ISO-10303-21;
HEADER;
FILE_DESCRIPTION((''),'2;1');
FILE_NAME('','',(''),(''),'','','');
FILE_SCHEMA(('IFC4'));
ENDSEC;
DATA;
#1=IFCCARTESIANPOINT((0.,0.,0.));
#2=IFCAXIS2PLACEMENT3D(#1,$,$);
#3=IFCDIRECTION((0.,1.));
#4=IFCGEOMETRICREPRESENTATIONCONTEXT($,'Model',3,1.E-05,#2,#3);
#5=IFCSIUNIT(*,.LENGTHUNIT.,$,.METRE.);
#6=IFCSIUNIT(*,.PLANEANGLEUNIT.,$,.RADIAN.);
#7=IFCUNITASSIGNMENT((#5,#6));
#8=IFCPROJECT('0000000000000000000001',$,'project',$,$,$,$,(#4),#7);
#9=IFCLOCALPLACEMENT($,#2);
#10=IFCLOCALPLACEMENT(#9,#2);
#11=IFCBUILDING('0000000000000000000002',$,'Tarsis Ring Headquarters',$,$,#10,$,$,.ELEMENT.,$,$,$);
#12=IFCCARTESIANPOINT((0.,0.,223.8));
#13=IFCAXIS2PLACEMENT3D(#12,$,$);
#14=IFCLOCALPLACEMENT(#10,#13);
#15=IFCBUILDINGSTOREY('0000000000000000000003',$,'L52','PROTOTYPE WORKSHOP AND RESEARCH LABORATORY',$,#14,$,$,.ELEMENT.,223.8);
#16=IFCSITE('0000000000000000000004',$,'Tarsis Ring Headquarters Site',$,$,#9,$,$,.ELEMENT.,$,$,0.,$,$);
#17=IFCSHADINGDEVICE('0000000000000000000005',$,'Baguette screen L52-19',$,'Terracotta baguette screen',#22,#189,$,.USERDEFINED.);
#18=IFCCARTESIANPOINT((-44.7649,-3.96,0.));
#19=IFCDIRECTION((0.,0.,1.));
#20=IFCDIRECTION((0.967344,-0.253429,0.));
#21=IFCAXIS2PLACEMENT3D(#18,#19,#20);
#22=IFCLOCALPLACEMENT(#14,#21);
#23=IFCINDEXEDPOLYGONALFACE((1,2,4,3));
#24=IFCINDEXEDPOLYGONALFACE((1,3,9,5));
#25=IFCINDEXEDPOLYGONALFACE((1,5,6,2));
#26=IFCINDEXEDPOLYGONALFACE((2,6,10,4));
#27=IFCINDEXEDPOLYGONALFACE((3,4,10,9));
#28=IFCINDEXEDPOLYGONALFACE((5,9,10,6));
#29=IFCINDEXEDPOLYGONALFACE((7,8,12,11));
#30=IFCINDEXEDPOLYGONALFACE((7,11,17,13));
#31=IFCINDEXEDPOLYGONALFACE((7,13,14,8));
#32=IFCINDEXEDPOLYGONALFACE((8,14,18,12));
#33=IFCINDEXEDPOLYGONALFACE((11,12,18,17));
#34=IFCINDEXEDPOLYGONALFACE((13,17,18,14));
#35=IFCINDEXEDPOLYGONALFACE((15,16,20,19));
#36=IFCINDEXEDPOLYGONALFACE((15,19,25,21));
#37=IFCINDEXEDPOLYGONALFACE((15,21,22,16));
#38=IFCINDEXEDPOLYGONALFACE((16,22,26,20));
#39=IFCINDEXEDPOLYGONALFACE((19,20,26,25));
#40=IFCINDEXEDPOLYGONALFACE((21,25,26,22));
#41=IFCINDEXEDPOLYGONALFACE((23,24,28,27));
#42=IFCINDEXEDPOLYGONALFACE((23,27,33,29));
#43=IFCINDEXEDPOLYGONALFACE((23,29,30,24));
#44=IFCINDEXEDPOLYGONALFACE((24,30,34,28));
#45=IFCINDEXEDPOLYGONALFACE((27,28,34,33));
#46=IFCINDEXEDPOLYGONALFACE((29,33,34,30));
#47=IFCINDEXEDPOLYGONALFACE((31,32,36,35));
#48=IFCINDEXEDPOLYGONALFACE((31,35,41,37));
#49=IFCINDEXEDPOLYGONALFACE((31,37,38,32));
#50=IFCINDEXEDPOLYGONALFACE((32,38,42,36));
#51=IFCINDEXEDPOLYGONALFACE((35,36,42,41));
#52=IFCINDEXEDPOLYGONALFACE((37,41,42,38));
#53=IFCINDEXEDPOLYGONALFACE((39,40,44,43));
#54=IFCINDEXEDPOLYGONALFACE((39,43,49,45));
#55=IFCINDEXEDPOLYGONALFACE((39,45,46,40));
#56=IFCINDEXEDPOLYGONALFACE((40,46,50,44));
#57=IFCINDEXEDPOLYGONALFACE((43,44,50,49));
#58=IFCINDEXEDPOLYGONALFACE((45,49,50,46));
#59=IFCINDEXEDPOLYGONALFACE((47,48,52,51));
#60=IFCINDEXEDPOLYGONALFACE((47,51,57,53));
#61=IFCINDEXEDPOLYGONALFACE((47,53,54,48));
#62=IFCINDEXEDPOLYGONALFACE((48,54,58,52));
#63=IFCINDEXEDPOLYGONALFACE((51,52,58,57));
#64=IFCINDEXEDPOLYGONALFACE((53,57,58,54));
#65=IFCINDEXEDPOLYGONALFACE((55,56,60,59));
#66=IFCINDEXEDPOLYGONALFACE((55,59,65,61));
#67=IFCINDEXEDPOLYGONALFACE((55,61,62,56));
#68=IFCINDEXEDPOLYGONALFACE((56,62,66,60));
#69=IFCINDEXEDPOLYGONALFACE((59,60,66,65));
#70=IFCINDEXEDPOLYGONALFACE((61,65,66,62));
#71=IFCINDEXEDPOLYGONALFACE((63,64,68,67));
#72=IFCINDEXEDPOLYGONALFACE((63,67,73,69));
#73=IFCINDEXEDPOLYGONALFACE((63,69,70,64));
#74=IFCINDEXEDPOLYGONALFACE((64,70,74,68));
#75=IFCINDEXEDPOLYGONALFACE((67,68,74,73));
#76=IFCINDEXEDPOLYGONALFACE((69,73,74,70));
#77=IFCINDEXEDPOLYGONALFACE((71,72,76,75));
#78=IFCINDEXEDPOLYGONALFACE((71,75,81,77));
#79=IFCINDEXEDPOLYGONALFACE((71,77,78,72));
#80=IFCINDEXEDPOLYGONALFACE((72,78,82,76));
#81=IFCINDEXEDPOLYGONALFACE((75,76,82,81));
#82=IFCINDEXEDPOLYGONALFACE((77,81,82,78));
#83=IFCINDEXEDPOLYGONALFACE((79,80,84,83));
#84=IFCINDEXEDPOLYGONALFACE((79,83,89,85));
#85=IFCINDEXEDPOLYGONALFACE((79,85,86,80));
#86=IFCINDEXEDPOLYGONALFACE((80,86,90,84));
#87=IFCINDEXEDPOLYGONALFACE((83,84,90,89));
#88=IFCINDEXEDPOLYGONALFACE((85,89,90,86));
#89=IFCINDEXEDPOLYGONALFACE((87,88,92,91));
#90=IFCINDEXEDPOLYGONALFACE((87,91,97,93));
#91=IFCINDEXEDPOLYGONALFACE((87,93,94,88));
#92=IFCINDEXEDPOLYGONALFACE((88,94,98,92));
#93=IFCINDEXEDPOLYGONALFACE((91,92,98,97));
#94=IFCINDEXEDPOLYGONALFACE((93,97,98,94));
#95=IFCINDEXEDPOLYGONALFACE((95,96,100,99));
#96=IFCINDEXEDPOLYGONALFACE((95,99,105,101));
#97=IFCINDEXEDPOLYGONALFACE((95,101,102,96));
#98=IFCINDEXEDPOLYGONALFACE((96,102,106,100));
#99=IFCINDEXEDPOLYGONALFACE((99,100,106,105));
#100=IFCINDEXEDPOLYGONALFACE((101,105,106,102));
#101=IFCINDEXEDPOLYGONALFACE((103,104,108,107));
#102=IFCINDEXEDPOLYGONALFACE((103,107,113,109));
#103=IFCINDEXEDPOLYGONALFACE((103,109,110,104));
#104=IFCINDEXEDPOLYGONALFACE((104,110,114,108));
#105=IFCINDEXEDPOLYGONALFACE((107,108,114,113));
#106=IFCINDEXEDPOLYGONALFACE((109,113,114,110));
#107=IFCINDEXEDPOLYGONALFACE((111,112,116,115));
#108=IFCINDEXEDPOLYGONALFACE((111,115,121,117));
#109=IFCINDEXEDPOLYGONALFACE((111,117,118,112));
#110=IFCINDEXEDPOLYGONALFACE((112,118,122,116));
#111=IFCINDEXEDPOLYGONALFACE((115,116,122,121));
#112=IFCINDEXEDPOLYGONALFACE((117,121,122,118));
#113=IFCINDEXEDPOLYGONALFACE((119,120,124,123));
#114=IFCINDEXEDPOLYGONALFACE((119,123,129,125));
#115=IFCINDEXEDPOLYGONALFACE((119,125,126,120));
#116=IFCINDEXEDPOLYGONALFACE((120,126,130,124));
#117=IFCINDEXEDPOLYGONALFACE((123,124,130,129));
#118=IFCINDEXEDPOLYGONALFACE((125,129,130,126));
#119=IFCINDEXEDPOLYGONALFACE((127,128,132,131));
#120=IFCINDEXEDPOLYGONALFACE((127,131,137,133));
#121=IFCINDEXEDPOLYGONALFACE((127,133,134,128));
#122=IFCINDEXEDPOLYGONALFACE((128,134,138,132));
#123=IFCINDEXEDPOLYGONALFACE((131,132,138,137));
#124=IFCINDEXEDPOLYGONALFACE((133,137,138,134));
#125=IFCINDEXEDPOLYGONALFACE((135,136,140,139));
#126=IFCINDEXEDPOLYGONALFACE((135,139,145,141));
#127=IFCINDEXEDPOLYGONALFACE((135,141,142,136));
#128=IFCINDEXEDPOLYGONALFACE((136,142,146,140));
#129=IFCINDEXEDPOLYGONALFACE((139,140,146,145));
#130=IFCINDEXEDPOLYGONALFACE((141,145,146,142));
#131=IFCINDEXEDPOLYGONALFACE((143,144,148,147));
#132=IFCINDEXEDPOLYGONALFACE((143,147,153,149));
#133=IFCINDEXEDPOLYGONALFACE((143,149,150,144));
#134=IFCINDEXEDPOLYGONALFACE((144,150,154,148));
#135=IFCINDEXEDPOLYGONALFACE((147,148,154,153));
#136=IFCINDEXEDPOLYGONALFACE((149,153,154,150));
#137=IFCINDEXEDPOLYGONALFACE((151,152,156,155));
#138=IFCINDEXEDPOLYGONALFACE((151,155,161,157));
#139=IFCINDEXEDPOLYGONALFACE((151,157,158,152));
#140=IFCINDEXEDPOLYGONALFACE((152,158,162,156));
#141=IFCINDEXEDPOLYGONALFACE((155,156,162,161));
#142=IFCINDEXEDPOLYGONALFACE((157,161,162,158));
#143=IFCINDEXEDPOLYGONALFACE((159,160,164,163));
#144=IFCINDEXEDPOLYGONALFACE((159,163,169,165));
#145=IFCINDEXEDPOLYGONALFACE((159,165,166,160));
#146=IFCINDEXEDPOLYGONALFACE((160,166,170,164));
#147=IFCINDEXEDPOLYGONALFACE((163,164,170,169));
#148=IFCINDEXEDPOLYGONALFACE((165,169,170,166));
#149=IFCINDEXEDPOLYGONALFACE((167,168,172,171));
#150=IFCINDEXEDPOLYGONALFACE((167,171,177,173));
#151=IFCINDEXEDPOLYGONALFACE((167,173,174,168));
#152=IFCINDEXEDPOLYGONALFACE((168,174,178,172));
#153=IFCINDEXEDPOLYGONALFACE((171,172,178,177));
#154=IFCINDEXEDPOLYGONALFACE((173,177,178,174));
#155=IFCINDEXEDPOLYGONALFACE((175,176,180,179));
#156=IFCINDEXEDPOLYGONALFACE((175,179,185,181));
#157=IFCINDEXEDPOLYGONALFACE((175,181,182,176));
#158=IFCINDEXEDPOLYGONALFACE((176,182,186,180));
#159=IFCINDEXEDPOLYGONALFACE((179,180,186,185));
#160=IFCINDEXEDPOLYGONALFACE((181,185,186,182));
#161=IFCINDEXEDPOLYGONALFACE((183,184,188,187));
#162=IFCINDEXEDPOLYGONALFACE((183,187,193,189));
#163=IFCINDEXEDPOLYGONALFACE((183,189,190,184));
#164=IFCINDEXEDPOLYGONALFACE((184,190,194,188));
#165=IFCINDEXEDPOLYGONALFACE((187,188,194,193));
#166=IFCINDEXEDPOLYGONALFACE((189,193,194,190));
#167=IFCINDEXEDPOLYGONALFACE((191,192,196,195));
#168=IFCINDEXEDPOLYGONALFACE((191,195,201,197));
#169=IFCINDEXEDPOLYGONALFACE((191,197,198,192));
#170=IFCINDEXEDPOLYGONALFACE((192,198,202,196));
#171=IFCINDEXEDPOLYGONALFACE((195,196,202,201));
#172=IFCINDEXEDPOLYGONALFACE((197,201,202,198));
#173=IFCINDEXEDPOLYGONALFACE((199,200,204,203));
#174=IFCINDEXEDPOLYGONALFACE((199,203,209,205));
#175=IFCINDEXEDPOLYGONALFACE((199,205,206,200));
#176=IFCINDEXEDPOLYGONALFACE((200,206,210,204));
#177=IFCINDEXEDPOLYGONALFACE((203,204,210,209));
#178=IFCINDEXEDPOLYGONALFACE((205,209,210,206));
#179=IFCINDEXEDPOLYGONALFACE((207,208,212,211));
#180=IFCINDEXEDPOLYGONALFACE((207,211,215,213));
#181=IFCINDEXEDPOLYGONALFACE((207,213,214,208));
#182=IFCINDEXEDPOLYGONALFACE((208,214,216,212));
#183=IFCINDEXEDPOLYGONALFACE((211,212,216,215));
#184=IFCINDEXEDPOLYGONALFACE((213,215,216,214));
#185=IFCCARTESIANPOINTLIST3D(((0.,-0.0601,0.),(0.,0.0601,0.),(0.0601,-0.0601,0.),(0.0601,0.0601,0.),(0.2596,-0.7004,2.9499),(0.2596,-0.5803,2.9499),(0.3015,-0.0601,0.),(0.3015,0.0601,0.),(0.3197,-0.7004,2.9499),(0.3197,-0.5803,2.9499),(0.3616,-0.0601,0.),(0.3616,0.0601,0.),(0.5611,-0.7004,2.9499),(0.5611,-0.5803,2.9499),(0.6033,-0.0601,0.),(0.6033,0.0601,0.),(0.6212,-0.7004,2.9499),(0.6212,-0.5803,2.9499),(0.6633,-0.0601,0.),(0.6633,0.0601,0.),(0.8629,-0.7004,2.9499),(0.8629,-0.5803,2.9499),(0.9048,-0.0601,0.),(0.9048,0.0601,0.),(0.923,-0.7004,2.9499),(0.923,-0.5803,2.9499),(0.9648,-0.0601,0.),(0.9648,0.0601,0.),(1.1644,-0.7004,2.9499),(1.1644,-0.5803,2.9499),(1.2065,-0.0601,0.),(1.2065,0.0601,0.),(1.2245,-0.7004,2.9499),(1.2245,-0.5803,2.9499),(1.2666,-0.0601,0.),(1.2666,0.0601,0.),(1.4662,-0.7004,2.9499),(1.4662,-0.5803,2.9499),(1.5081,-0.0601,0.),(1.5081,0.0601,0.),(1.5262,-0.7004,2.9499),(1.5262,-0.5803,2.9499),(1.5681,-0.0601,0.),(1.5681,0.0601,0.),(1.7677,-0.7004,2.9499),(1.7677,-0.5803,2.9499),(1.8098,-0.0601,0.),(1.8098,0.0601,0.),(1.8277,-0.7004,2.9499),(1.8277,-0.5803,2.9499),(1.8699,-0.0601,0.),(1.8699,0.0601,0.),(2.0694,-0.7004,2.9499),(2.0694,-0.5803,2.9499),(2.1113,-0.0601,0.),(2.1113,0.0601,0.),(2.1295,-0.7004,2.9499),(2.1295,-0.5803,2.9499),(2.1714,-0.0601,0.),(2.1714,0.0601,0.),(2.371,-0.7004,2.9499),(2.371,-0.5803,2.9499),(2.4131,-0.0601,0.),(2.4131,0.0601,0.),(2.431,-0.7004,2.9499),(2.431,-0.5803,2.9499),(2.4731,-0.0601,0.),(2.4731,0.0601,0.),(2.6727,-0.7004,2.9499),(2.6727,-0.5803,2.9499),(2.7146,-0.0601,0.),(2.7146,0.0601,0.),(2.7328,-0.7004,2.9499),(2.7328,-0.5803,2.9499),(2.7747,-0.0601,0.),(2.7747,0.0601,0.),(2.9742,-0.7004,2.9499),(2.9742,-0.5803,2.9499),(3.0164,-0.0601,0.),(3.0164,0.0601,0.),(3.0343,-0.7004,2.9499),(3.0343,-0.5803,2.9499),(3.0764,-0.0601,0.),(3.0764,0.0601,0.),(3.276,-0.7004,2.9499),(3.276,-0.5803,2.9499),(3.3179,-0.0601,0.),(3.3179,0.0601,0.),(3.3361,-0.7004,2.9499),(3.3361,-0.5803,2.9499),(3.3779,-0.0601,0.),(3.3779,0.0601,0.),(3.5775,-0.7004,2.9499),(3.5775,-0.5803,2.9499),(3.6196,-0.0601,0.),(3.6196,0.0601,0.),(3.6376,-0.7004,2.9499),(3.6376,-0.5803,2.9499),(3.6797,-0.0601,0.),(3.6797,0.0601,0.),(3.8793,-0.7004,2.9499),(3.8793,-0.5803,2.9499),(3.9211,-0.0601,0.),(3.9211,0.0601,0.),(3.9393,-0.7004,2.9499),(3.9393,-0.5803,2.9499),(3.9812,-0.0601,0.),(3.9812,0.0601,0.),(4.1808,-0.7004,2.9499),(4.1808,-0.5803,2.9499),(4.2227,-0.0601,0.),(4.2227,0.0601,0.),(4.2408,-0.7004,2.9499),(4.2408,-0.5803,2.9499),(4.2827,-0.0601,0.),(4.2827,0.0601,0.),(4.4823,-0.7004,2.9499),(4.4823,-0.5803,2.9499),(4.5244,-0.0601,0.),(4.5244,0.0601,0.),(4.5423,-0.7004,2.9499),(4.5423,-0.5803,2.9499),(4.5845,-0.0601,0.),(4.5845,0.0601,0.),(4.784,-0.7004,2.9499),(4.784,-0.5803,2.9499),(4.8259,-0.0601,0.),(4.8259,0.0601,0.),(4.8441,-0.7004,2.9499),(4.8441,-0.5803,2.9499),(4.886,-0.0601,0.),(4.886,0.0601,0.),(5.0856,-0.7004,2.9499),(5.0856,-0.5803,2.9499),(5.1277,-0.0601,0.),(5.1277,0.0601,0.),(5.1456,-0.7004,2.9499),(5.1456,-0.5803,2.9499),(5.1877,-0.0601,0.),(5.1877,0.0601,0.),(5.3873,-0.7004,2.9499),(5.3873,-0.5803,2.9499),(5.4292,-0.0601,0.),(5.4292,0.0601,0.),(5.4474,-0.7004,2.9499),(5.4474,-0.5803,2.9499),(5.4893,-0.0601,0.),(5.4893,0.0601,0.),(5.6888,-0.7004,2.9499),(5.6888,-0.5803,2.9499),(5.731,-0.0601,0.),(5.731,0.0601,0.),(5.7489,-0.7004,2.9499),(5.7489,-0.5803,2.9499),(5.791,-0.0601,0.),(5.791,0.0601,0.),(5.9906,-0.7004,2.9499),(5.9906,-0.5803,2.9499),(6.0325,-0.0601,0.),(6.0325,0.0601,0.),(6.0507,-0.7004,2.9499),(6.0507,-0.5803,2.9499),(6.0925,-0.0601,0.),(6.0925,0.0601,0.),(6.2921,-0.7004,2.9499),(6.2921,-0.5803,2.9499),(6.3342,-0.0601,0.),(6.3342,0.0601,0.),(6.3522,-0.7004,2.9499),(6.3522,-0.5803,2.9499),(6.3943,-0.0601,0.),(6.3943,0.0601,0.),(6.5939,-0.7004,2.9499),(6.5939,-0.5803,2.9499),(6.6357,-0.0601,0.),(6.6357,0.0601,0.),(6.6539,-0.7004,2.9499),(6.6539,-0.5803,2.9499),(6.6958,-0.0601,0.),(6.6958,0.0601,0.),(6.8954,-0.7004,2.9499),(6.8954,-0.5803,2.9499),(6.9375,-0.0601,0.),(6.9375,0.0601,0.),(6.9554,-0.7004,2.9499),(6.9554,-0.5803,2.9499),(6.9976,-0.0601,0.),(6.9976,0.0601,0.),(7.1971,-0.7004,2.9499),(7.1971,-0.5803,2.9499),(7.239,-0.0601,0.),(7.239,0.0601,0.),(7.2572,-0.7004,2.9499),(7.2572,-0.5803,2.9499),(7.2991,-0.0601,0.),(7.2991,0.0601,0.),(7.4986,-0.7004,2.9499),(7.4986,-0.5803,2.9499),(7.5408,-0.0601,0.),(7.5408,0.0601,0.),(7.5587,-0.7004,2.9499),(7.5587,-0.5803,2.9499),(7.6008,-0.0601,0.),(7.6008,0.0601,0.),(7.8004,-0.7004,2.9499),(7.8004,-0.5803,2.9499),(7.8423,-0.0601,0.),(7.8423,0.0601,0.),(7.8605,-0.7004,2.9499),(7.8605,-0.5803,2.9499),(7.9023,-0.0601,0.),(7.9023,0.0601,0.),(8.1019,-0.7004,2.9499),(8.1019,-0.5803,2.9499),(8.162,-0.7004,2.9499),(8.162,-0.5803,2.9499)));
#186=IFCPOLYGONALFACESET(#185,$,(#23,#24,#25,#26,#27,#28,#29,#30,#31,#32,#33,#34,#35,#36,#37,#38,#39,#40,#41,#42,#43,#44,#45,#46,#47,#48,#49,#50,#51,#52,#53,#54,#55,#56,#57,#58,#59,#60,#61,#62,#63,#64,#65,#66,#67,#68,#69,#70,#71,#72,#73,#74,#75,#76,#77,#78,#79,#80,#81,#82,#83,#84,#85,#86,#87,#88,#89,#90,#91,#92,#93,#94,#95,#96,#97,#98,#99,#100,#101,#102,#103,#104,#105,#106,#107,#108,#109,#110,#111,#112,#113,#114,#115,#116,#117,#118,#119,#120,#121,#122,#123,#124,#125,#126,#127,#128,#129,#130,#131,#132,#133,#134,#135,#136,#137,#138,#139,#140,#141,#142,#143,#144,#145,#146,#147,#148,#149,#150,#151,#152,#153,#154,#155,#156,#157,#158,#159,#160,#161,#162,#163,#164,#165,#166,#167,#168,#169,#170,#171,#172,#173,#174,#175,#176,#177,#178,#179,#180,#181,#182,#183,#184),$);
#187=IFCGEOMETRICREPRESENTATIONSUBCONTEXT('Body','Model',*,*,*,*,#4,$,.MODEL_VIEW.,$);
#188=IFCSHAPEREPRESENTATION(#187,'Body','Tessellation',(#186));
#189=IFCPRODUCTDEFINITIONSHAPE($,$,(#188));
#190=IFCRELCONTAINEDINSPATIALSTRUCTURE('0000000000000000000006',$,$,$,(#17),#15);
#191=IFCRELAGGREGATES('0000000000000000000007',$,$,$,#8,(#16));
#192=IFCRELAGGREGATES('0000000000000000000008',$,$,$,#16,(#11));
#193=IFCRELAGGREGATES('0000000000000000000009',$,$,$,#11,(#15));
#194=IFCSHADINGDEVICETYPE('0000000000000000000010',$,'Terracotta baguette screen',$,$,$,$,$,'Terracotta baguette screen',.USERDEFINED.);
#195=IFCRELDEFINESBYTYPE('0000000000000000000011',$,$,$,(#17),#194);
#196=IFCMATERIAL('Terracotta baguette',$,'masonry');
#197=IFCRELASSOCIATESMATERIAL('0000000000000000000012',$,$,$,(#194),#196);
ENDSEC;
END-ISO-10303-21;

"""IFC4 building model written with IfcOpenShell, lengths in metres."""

from ifc_helpers import new_model, si_unit, direction, frame, frame_2d, origin, place, context, subcontext, project, spatial, rectangle, composite_profile, extrude, material, type_object, element, save


model = new_model("IFC4")

# Units and contexts
model_context = context("Model", 3, precision=1e-05, world=origin(), true_north=direction((0.0, 1.0)))
body_context = subcontext(model_context, "Body", "Model", "MODEL_VIEW")
ifc_project = project(units=[si_unit("LENGTHUNIT", "METRE"), si_unit("PLANEANGLEUNIT", "RADIAN")], contexts=[model_context])

# Site, building, storey
site_placement = place(None, origin())
site = spatial("IfcSite", under=ifc_project, at=site_placement, Name="Tarsis Ring Headquarters Site", CompositionType="ELEMENT", RefElevation=0.0)
building_placement = place(site_placement, origin())
building = spatial("IfcBuilding", under=site, at=building_placement, Name="Tarsis Ring Headquarters", CompositionType="ELEMENT")
storey_placement = place(building_placement, frame((0.0, 0.0, 223.8)))
storey = spatial("IfcBuildingStorey", under=building, at=storey_placement, Name="L52", Description="PROTOTYPE WORKSHOP AND RESEARCH LABORATORY", CompositionType="ELEMENT", Elevation=223.8)

# Shading device
ifc_material_1 = material(Name="Terracotta baguette", Category="masonry")
shading_device_type = type_object("IfcShadingDeviceType", Name="Terracotta baguette screen", ElementType="Terracotta baguette screen", PredefinedType="USERDEFINED", material=ifc_material_1)
shading_device_1_placement = place(storey_placement, frame((-44.7649, -3.96, 0.0), z_axis=(0.0, 0.0, 1.0), x_axis=(0.967344, -0.253429, 0.0)))
element("IfcShadingDevice", 1, at=shading_device_1_placement, inside=storey, type_object=shading_device_type, Name="Baguette screen L52-19", ObjectType="Terracotta baguette screen", PredefinedType="USERDEFINED", context=body_context, shape_type="SweptSolid", body=[
    extrude(composite_profile([rectangle(XDim=0.0601, YDim=0.1201, at=frame_2d((0.03, 0.0))), rectangle(XDim=0.0601, YDim=0.1201, at=frame_2d((0.3315, 0.0))), rectangle(XDim=0.0601, YDim=0.1201, at=frame_2d((0.6333, 0.0))), rectangle(XDim=0.0601, YDim=0.1201, at=frame_2d((0.9348, 0.0))), rectangle(XDim=0.0601, YDim=0.1201, at=frame_2d((1.2366, 0.0))), rectangle(XDim=0.0601, YDim=0.1201, at=frame_2d((1.5381, 0.0))), rectangle(XDim=0.0601, YDim=0.1201, at=frame_2d((1.8398, 0.0))), rectangle(XDim=0.0601, YDim=0.1201, at=frame_2d((2.1414, 0.0))), rectangle(XDim=0.0601, YDim=0.1201, at=frame_2d((2.4431, 0.0))), rectangle(XDim=0.0601, YDim=0.1201, at=frame_2d((2.7446, 0.0))), rectangle(XDim=0.0601, YDim=0.1201, at=frame_2d((3.0464, 0.0))), rectangle(XDim=0.0601, YDim=0.1201, at=frame_2d((3.3479, 0.0))), rectangle(XDim=0.0601, YDim=0.1201, at=frame_2d((3.6497, 0.0))), rectangle(XDim=0.0601, YDim=0.1201, at=frame_2d((3.9512, 0.0))), rectangle(XDim=0.0601, YDim=0.1201, at=frame_2d((4.2527, 0.0))), rectangle(XDim=0.0601, YDim=0.1201, at=frame_2d((4.5544, 0.0))), rectangle(XDim=0.0601, YDim=0.1201, at=frame_2d((4.856, 0.0))), rectangle(XDim=0.0601, YDim=0.1201, at=frame_2d((5.1577, 0.0))), rectangle(XDim=0.0601, YDim=0.1201, at=frame_2d((5.4592, 0.0))), rectangle(XDim=0.0601, YDim=0.1201, at=frame_2d((5.761, 0.0))), rectangle(XDim=0.0601, YDim=0.1201, at=frame_2d((6.0625, 0.0))), rectangle(XDim=0.0601, YDim=0.1201, at=frame_2d((6.3643, 0.0))), rectangle(XDim=0.0601, YDim=0.1201, at=frame_2d((6.6658, 0.0))), rectangle(XDim=0.0601, YDim=0.1201, at=frame_2d((6.9675, 0.0))), rectangle(XDim=0.0601, YDim=0.1201, at=frame_2d((7.269, 0.0))), rectangle(XDim=0.0601, YDim=0.1201, at=frame_2d((7.5708, 0.0))), rectangle(XDim=0.0601, YDim=0.1201, at=frame_2d((7.8723, 0.0)))]), origin(), (0.085694, -0.211358, 0.973645), 3.0298),
])

save(model, "model.ifc")
